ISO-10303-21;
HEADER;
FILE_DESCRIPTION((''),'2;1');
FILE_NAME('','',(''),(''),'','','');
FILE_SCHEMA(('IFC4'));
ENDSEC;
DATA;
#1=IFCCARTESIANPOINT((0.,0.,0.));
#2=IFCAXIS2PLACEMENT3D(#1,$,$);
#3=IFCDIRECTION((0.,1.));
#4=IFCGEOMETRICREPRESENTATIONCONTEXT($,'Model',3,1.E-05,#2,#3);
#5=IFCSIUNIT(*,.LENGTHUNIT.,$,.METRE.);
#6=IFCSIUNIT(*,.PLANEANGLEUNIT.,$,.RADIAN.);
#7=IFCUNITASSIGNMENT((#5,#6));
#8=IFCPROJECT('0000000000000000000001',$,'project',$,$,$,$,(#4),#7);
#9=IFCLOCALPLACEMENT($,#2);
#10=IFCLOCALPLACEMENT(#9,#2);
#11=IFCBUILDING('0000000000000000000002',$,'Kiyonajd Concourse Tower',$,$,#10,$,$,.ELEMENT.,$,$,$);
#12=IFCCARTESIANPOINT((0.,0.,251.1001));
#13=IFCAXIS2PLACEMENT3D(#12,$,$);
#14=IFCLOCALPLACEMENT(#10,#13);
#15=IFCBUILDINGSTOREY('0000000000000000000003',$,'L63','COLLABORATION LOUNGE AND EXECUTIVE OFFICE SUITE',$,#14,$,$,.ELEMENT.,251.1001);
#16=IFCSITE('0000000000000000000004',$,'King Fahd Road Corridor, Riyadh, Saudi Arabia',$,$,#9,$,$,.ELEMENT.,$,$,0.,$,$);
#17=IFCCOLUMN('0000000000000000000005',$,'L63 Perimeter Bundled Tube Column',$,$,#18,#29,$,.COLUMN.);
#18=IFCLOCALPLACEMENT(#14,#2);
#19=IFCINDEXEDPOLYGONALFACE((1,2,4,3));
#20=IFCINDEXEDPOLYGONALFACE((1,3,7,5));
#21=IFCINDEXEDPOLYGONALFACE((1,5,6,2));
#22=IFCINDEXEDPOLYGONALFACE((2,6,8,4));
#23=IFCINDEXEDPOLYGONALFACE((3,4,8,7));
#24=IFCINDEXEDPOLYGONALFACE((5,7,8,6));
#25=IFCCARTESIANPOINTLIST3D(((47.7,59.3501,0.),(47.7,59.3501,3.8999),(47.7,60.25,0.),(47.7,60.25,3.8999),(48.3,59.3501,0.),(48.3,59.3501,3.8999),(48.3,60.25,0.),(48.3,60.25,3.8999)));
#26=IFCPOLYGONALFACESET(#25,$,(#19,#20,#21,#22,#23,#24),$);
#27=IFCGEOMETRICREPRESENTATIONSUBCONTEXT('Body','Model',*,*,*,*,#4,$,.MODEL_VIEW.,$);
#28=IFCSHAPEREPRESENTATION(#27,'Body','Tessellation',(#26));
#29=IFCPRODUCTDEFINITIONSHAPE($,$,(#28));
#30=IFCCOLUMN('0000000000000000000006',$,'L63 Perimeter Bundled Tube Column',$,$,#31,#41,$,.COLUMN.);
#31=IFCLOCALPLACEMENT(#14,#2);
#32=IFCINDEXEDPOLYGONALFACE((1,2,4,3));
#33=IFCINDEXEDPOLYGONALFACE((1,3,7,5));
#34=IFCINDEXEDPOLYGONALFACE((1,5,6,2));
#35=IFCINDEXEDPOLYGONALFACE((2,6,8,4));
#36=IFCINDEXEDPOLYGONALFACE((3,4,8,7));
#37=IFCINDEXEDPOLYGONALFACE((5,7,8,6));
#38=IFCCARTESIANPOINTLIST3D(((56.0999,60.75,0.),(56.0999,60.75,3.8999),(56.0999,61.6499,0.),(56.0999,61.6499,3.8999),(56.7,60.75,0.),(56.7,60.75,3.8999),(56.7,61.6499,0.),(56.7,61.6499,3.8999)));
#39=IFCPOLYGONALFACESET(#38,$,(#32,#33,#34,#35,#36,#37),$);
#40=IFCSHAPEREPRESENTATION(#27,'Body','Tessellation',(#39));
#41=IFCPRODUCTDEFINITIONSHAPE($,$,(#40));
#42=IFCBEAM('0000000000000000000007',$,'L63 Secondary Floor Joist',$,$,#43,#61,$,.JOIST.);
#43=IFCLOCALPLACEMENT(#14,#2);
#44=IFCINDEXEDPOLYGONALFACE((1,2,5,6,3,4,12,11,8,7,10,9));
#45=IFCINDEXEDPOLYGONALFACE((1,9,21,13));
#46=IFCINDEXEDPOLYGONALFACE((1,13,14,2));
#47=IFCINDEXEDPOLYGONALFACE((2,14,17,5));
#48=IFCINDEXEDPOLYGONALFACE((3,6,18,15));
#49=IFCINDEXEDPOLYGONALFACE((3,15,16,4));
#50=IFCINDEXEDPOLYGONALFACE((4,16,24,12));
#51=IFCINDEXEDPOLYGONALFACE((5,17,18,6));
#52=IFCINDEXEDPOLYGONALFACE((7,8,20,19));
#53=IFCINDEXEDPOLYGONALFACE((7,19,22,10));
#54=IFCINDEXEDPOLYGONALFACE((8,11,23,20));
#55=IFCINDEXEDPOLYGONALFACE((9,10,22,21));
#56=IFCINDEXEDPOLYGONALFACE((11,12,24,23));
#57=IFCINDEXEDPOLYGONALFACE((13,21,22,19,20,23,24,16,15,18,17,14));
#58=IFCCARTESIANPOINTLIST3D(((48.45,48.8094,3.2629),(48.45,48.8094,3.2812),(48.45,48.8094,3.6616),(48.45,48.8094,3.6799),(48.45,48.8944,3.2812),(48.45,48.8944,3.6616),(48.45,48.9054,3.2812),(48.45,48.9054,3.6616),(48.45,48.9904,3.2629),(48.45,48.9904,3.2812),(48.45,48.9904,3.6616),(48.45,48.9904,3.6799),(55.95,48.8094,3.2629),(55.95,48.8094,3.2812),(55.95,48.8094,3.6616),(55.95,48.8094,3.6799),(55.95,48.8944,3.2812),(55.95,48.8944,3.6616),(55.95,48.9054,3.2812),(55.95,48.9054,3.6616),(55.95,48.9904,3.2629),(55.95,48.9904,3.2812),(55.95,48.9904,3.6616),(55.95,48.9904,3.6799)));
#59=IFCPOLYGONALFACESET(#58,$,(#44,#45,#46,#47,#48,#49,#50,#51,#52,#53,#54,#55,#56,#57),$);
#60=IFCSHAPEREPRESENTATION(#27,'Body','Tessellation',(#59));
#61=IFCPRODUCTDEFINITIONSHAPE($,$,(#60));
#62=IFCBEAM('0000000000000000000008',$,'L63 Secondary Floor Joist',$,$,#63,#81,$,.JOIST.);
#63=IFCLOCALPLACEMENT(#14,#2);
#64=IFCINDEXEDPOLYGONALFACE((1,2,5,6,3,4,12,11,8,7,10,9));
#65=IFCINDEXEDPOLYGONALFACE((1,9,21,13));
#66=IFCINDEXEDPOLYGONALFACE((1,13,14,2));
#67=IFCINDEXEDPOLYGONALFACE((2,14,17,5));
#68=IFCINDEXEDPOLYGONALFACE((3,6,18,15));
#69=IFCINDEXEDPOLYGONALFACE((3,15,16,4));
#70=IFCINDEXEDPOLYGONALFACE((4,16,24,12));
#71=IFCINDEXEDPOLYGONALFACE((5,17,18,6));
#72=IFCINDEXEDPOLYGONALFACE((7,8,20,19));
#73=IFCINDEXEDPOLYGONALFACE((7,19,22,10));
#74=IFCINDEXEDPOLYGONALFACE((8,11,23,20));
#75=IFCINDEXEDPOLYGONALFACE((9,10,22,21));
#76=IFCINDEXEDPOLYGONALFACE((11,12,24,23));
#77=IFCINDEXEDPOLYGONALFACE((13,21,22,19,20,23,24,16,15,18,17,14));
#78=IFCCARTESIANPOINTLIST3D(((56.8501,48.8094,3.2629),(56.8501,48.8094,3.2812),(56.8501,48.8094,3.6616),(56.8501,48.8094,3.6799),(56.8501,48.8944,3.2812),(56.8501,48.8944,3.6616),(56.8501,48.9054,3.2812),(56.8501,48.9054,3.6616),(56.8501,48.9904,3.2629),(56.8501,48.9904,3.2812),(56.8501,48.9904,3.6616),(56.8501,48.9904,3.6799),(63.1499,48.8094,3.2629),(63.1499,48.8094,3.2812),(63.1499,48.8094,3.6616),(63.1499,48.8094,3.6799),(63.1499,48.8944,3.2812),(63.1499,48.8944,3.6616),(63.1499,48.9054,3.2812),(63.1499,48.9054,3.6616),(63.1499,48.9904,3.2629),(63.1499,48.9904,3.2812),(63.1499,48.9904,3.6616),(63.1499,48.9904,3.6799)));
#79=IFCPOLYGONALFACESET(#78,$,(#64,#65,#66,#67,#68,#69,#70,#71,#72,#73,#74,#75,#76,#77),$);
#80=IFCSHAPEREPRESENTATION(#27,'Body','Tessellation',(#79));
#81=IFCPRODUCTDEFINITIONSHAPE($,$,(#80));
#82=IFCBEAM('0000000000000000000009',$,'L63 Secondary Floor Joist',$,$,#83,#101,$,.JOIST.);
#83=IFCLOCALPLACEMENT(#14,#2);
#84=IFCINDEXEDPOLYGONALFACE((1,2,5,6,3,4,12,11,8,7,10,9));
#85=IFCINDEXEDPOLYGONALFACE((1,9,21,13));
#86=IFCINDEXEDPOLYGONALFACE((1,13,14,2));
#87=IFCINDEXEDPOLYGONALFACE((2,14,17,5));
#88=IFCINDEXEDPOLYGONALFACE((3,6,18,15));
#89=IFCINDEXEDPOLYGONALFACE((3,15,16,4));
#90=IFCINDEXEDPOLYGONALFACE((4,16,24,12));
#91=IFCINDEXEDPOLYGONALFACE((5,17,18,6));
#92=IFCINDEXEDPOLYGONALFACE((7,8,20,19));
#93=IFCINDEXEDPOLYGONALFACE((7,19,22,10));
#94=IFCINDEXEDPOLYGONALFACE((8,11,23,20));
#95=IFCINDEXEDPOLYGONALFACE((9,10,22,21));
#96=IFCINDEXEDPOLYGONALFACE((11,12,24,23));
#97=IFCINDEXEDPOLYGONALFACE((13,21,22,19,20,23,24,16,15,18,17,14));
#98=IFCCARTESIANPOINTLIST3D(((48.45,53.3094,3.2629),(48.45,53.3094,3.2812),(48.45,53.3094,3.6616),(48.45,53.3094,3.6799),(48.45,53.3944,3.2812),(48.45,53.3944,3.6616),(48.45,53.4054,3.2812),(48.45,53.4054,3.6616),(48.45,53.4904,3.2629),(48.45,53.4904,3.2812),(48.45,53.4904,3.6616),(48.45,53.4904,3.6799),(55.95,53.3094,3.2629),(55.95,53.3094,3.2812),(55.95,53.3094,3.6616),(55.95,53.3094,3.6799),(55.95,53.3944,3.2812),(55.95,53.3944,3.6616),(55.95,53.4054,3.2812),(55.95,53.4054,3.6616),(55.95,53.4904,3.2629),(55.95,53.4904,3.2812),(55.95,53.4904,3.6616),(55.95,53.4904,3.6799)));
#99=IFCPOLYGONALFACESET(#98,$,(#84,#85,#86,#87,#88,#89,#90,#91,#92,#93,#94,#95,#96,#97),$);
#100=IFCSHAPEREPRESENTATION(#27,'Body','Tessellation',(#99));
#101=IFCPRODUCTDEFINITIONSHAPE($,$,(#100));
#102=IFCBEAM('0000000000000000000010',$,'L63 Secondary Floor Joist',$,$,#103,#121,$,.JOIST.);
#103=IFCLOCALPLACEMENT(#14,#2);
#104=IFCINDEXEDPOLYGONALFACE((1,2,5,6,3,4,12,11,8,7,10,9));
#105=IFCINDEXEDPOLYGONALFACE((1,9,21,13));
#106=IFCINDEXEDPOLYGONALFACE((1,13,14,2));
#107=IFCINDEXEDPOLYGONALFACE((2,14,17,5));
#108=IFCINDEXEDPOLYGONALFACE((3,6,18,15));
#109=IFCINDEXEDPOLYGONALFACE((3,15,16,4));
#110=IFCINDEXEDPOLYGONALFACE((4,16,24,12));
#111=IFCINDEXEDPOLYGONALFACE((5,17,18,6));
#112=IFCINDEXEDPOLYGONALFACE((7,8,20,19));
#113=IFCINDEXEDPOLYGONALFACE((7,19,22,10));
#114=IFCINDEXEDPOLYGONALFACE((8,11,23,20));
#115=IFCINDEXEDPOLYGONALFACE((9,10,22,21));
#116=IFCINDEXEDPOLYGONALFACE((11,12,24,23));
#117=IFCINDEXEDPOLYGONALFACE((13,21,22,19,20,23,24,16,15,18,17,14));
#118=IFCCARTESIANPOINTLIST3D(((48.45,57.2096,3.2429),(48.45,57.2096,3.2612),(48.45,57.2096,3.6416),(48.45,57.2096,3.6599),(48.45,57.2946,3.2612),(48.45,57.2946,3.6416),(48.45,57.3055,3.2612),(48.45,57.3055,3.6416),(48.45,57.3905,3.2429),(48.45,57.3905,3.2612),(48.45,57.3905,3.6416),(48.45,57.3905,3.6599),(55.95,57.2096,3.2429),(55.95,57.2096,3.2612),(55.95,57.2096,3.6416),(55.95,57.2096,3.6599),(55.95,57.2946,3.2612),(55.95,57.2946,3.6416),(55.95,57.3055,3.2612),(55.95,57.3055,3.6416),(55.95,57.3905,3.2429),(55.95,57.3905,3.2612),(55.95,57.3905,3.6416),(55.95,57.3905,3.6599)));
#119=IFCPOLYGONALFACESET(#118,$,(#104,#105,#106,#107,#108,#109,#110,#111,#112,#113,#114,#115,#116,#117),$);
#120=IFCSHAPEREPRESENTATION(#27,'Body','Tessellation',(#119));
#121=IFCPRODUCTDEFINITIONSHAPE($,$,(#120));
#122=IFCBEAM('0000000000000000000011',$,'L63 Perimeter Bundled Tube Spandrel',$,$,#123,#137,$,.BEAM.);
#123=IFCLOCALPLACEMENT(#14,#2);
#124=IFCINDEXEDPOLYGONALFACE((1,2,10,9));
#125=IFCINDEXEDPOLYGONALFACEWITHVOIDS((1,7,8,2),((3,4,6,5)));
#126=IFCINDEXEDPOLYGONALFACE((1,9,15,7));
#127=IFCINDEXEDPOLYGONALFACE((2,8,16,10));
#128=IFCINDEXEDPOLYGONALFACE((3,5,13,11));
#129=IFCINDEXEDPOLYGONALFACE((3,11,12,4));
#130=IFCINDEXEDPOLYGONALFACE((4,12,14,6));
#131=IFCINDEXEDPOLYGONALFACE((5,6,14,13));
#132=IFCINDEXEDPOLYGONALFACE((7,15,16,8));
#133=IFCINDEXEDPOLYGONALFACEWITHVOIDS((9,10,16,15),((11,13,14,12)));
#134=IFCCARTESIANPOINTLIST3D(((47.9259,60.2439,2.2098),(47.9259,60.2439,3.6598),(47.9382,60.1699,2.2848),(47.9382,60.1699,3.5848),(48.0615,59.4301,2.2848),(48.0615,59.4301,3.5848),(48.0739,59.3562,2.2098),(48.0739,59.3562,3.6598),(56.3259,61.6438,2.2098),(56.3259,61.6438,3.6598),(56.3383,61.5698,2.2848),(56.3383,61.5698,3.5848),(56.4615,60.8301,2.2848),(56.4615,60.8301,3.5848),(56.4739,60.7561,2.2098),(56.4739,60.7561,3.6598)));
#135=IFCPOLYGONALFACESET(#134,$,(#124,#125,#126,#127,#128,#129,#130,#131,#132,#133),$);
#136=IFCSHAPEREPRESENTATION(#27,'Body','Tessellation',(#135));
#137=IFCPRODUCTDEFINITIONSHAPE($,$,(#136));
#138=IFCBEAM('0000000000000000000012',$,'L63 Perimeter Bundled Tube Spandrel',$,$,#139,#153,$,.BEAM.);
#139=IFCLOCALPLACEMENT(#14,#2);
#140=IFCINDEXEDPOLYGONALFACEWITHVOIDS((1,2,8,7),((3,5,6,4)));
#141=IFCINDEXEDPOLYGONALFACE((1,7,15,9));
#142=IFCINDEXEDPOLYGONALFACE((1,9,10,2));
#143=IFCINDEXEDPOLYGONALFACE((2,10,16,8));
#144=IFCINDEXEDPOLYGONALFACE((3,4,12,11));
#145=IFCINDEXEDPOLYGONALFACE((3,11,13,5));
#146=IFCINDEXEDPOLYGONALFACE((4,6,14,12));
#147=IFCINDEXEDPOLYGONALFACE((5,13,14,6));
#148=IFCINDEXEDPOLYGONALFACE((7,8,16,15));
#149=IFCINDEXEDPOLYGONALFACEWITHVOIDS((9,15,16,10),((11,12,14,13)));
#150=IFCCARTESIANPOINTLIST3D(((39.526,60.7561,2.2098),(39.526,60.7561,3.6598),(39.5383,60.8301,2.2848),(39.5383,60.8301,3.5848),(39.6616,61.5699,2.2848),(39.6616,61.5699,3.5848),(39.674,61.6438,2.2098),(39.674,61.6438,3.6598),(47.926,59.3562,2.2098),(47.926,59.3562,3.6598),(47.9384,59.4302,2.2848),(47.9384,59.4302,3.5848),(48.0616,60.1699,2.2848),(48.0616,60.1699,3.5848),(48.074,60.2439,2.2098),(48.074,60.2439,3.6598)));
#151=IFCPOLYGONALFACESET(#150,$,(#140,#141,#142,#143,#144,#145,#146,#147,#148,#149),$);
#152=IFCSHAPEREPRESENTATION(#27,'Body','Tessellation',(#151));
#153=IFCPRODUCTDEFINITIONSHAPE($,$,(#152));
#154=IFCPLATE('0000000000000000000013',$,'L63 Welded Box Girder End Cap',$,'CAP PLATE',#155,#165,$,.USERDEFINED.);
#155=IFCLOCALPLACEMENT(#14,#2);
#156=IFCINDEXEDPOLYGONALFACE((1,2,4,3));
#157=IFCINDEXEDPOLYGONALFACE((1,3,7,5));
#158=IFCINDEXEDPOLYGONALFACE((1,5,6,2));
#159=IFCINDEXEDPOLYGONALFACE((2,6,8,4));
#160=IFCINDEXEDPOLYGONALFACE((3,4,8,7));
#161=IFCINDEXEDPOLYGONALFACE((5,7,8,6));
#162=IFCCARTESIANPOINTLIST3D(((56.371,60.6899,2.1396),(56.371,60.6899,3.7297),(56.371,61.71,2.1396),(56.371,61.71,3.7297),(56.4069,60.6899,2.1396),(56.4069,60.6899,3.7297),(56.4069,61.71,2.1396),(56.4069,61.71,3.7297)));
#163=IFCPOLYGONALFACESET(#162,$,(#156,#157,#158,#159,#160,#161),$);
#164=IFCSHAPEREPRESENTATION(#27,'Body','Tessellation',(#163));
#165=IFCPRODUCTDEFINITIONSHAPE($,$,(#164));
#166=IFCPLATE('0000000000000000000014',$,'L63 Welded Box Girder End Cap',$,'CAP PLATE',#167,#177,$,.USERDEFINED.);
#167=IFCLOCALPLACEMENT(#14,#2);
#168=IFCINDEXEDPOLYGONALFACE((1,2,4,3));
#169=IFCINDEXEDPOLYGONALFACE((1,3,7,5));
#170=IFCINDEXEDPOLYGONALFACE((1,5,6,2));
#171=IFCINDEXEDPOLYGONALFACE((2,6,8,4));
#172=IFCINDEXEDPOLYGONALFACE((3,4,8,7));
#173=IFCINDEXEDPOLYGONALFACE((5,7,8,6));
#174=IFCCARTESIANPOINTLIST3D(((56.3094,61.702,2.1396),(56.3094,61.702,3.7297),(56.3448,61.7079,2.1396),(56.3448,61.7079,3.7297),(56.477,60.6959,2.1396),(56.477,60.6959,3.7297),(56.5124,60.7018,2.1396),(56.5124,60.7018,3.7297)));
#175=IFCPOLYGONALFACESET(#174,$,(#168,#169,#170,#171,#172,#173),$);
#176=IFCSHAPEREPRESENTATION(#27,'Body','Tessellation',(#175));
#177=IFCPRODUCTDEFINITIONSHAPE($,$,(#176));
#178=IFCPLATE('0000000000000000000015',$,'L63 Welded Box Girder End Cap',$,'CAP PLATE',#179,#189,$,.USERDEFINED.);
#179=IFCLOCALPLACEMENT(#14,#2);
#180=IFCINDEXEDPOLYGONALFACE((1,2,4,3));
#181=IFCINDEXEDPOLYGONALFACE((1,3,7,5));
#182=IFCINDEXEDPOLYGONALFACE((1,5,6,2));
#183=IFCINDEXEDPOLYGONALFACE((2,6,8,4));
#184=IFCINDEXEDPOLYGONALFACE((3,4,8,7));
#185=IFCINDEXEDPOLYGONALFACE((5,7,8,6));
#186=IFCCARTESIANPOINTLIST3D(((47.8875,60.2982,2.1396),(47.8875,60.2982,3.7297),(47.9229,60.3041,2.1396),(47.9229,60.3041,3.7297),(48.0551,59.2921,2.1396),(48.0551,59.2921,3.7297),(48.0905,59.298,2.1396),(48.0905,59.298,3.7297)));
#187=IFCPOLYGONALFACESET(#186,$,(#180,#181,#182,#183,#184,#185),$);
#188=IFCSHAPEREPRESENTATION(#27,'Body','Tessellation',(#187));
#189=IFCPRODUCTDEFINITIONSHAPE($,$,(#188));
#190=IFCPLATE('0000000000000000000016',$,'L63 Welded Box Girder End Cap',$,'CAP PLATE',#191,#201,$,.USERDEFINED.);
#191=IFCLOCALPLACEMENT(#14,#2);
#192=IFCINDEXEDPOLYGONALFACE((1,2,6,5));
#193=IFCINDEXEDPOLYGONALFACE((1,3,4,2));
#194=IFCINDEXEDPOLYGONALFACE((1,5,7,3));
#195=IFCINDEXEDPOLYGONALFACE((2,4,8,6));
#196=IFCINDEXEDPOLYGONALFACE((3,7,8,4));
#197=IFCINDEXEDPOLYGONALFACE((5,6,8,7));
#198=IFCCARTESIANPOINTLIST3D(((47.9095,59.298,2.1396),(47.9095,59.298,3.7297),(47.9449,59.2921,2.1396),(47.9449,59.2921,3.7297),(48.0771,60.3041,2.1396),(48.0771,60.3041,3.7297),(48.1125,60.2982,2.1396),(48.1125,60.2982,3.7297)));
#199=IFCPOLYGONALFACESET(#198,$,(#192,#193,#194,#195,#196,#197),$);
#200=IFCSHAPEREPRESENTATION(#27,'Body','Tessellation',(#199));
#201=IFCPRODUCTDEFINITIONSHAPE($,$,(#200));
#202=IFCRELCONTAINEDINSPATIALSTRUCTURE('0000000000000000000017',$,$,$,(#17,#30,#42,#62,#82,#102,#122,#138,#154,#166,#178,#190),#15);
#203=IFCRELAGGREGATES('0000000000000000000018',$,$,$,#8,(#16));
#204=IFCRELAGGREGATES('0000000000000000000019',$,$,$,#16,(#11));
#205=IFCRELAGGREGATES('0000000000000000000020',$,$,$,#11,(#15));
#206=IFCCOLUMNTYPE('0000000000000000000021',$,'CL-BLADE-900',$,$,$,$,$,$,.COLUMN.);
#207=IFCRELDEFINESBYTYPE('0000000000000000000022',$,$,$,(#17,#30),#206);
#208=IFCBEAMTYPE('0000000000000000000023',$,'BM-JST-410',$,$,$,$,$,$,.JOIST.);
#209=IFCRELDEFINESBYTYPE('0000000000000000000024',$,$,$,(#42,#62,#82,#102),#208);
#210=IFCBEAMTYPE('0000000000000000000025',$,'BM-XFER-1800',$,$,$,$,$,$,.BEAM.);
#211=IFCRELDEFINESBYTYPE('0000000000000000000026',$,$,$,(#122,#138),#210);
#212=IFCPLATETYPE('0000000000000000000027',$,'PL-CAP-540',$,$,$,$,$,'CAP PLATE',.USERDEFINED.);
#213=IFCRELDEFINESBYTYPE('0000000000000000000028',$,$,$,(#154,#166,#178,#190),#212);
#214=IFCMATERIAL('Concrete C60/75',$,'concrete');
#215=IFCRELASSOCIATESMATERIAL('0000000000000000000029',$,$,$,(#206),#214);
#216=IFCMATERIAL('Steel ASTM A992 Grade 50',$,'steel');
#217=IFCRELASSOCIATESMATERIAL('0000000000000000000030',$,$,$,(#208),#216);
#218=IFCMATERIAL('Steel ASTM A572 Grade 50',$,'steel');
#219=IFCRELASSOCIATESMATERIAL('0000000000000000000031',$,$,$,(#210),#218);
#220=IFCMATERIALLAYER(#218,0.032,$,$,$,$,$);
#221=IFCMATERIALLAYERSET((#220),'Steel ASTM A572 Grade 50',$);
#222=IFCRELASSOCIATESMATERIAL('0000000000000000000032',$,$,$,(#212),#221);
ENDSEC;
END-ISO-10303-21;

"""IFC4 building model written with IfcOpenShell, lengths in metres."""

from ifc_helpers import new_model, si_unit, direction, frame, origin, origin_2d, place, context, subcontext, project, spatial, rectangle, hollow_rectangle, i_section, extrude, material, layer, layer_set, material_profile, profile_set, type_object, element, save


model = new_model("IFC4")

# Units and contexts
model_context = context("Model", 3, precision=1e-05, world=origin(), true_north=direction((0.0, 1.0)))
body_context = subcontext(model_context, "Body", "Model", "MODEL_VIEW")
ifc_project = project(units=[si_unit("LENGTHUNIT", "METRE"), si_unit("PLANEANGLEUNIT", "RADIAN")], contexts=[model_context])

# Site, building, storey
site_placement = place(None, origin())
site = spatial("IfcSite", under=ifc_project, at=site_placement, Name="King Fahd Road Corridor, Riyadh, Saudi Arabia", CompositionType="ELEMENT", RefElevation=0.0)
building_placement = place(site_placement, origin())
building = spatial("IfcBuilding", under=site, at=building_placement, Name="Kiyonajd Concourse Tower", CompositionType="ELEMENT")
storey_placement = place(building_placement, frame((0.0, 0.0, 251.1001)))
storey = spatial("IfcBuildingStorey", under=building, at=storey_placement, Name="L63", Description="COLLABORATION LOUNGE AND EXECUTIVE OFFICE SUITE", CompositionType="ELEMENT", Elevation=251.1001)

# Columns
ifc_material_1 = material(Name="Concrete C60/75", Category="concrete")
ifc_material_profile_1 = material_profile(ifc_material_1, rectangle(XDim=0.6001, YDim=0.8999, at=origin_2d()), Name="RC-900x600")
ifc_profile_set_1 = profile_set([ifc_material_profile_1], Name="Concrete C60/75")
column_type = type_object("IfcColumnType", Name="CL-BLADE-900", PredefinedType="COLUMN", material=ifc_profile_set_1)
for number, where, z_axis, x_axis, name in (
    (1, (48.0, 59.8, 0.0), (0.0, 0.0, 1.0), (1.0, 0.0, 0.0), "L63 Perimeter Bundled Tube Column"),
    (2, (56.3999, 61.2, 0.0), (0.0, 0.0, 1.0), (1.0, 0.0, 0.0), "L63 Perimeter Bundled Tube Column"),
):
    element("IfcColumn", number, at=place(storey_placement, frame(where, z_axis=z_axis, x_axis=x_axis)), inside=storey, type_object=column_type, Name=name, PredefinedType="COLUMN", context=body_context, shape_type="SweptSolid", body=[
        extrude(rectangle(XDim=0.6001, YDim=0.8999, at=origin_2d()), origin(), (0.0, 0.0, 1.0), 3.8999),
    ])

# Beams
ifc_material_2 = material(Name="Steel ASTM A992 Grade 50", Category="steel")
ifc_material_profile_2 = material_profile(ifc_material_2, i_section(OverallWidth=0.1809, OverallDepth=0.417, WebThickness=0.011, FlangeThickness=0.0183, at=origin_2d()), Name="W410X85")
ifc_profile_set_2 = profile_set([ifc_material_profile_2], Name="Steel ASTM A992 Grade 50")
beam_type_1 = type_object("IfcBeamType", Name="BM-JST-410", PredefinedType="JOIST", material=ifc_profile_set_2)
beam_1_placement = place(storey_placement, frame((48.45, 48.8999, 3.4714), z_axis=(1.0, 0.0, 0.0), x_axis=(0.0, 1.0, 0.0)))
element("IfcBeam", 3, at=beam_1_placement, inside=storey, type_object=beam_type_1, Name="L63 Secondary Floor Joist", PredefinedType="JOIST", context=body_context, shape_type="SweptSolid", body=[
    extrude(i_section(OverallWidth=0.1809, OverallDepth=0.417, WebThickness=0.011, FlangeThickness=0.0183, at=origin_2d()), origin(), (0.0, 0.0, 1.0), 7.5),
])
beam_2_placement = place(storey_placement, frame((56.8501, 48.8999, 3.4714), z_axis=(1.0, 0.0, 0.0), x_axis=(0.0, 1.0, 0.0)))
element("IfcBeam", 4, at=beam_2_placement, inside=storey, type_object=beam_type_1, Name="L63 Secondary Floor Joist", PredefinedType="JOIST", context=body_context, shape_type="SweptSolid", body=[
    extrude(i_section(OverallWidth=0.1809, OverallDepth=0.417, WebThickness=0.011, FlangeThickness=0.0183, at=origin_2d()), origin(), (0.0, 0.0, 1.0), 6.2998),
])
for number, where, z_axis, x_axis, name in (
    (5, (48.45, 53.3999, 3.4714), (1.0, 0.0, 0.0), (0.0, 1.0, 0.0), "L63 Secondary Floor Joist"),
    (6, (48.45, 57.3, 3.4514), (1.0, 0.0, 0.0), (0.0, 1.0, 0.0), "L63 Secondary Floor Joist"),
):
    element("IfcBeam", number, at=place(storey_placement, frame(where, z_axis=z_axis, x_axis=x_axis)), inside=storey, type_object=beam_type_1, Name=name, PredefinedType="JOIST", context=body_context, shape_type="SweptSolid", body=[
        extrude(i_section(OverallWidth=0.1809, OverallDepth=0.417, WebThickness=0.011, FlangeThickness=0.0183, at=origin_2d()), origin(), (0.0, 0.0, 1.0), 7.5),
    ])
ifc_material_3 = material(Name="Steel ASTM A572 Grade 50", Category="steel")
ifc_material_profile_3 = material_profile(ifc_material_3, hollow_rectangle(XDim=0.8999, YDim=1.45, WallThickness=0.075, at=origin_2d()), Name="BOX-1450x900x75")
ifc_profile_set_3 = profile_set([ifc_material_profile_3], Name="Steel ASTM A572 Grade 50")
beam_type_2 = type_object("IfcBeamType", Name="BM-XFER-1800", PredefinedType="BEAM", material=ifc_profile_set_3)
for number, where, z_axis, x_axis, name in (
    (7, (56.3999, 61.2, 2.9348), (-0.986395, -0.16439, 0.0), (0.16439, -0.986395, 0.0), "L63 Perimeter Bundled Tube Spandrel"),
    (8, (48.0, 59.8, 2.9348), (-0.986395, 0.16439, 0.0), (-0.16439, -0.986395, 0.0), "L63 Perimeter Bundled Tube Spandrel"),
):
    element("IfcBeam", number, at=place(storey_placement, frame(where, z_axis=z_axis, x_axis=x_axis)), inside=storey, type_object=beam_type_2, Name=name, PredefinedType="BEAM", context=body_context, shape_type="SweptSolid", body=[
        extrude(hollow_rectangle(XDim=0.8999, YDim=1.45, WallThickness=0.075, at=origin_2d()), origin(), (0.0, 0.0, 1.0), 8.5159),
    ])

# Plates
ifc_layer_1 = layer(ifc_material_3, 0.032)
ifc_layer_set_1 = layer_set([ifc_layer_1], Name="Steel ASTM A572 Grade 50")
plate_type_1 = type_object("IfcPlateType", Name="PL-CAP-540", ElementType="CAP PLATE", PredefinedType="USERDEFINED", material=ifc_layer_set_1)
for number, where, z_axis, x_axis, name in (
    (9, (56.3889, 61.2, 2.1396), (0.0, 0.0, 1.0), (-1.0, 0.0, 0.0), "L63 Welded Box Girder End Cap"),
    (10, (56.4109, 61.2019, 2.1396), (0.0, 0.0, 1.0), (0.986401, 0.164359, 0.0), "L63 Welded Box Girder End Cap"),
    (11, (47.989, 59.7981, 2.1396), (0.0, 0.0, 1.0), (-0.986401, -0.164359, 0.0), "L63 Welded Box Girder End Cap"),
    (12, (48.011, 59.7981, 2.1396), (0.0, 0.0, 1.0), (0.986401, -0.164359, 0.0), "L63 Welded Box Girder End Cap"),
):
    element("IfcPlate", number, at=place(storey_placement, frame(where, z_axis=z_axis, x_axis=x_axis)), inside=storey, type_object=plate_type_1, Name=name, ObjectType="CAP PLATE", PredefinedType="USERDEFINED", context=body_context, shape_type="SweptSolid", body=[
        extrude(rectangle(XDim=0.0359, YDim=1.02, at=origin_2d()), origin(), (0.0, 0.0, 1.0), 1.5901),
    ])

save(model, "model.ifc")
